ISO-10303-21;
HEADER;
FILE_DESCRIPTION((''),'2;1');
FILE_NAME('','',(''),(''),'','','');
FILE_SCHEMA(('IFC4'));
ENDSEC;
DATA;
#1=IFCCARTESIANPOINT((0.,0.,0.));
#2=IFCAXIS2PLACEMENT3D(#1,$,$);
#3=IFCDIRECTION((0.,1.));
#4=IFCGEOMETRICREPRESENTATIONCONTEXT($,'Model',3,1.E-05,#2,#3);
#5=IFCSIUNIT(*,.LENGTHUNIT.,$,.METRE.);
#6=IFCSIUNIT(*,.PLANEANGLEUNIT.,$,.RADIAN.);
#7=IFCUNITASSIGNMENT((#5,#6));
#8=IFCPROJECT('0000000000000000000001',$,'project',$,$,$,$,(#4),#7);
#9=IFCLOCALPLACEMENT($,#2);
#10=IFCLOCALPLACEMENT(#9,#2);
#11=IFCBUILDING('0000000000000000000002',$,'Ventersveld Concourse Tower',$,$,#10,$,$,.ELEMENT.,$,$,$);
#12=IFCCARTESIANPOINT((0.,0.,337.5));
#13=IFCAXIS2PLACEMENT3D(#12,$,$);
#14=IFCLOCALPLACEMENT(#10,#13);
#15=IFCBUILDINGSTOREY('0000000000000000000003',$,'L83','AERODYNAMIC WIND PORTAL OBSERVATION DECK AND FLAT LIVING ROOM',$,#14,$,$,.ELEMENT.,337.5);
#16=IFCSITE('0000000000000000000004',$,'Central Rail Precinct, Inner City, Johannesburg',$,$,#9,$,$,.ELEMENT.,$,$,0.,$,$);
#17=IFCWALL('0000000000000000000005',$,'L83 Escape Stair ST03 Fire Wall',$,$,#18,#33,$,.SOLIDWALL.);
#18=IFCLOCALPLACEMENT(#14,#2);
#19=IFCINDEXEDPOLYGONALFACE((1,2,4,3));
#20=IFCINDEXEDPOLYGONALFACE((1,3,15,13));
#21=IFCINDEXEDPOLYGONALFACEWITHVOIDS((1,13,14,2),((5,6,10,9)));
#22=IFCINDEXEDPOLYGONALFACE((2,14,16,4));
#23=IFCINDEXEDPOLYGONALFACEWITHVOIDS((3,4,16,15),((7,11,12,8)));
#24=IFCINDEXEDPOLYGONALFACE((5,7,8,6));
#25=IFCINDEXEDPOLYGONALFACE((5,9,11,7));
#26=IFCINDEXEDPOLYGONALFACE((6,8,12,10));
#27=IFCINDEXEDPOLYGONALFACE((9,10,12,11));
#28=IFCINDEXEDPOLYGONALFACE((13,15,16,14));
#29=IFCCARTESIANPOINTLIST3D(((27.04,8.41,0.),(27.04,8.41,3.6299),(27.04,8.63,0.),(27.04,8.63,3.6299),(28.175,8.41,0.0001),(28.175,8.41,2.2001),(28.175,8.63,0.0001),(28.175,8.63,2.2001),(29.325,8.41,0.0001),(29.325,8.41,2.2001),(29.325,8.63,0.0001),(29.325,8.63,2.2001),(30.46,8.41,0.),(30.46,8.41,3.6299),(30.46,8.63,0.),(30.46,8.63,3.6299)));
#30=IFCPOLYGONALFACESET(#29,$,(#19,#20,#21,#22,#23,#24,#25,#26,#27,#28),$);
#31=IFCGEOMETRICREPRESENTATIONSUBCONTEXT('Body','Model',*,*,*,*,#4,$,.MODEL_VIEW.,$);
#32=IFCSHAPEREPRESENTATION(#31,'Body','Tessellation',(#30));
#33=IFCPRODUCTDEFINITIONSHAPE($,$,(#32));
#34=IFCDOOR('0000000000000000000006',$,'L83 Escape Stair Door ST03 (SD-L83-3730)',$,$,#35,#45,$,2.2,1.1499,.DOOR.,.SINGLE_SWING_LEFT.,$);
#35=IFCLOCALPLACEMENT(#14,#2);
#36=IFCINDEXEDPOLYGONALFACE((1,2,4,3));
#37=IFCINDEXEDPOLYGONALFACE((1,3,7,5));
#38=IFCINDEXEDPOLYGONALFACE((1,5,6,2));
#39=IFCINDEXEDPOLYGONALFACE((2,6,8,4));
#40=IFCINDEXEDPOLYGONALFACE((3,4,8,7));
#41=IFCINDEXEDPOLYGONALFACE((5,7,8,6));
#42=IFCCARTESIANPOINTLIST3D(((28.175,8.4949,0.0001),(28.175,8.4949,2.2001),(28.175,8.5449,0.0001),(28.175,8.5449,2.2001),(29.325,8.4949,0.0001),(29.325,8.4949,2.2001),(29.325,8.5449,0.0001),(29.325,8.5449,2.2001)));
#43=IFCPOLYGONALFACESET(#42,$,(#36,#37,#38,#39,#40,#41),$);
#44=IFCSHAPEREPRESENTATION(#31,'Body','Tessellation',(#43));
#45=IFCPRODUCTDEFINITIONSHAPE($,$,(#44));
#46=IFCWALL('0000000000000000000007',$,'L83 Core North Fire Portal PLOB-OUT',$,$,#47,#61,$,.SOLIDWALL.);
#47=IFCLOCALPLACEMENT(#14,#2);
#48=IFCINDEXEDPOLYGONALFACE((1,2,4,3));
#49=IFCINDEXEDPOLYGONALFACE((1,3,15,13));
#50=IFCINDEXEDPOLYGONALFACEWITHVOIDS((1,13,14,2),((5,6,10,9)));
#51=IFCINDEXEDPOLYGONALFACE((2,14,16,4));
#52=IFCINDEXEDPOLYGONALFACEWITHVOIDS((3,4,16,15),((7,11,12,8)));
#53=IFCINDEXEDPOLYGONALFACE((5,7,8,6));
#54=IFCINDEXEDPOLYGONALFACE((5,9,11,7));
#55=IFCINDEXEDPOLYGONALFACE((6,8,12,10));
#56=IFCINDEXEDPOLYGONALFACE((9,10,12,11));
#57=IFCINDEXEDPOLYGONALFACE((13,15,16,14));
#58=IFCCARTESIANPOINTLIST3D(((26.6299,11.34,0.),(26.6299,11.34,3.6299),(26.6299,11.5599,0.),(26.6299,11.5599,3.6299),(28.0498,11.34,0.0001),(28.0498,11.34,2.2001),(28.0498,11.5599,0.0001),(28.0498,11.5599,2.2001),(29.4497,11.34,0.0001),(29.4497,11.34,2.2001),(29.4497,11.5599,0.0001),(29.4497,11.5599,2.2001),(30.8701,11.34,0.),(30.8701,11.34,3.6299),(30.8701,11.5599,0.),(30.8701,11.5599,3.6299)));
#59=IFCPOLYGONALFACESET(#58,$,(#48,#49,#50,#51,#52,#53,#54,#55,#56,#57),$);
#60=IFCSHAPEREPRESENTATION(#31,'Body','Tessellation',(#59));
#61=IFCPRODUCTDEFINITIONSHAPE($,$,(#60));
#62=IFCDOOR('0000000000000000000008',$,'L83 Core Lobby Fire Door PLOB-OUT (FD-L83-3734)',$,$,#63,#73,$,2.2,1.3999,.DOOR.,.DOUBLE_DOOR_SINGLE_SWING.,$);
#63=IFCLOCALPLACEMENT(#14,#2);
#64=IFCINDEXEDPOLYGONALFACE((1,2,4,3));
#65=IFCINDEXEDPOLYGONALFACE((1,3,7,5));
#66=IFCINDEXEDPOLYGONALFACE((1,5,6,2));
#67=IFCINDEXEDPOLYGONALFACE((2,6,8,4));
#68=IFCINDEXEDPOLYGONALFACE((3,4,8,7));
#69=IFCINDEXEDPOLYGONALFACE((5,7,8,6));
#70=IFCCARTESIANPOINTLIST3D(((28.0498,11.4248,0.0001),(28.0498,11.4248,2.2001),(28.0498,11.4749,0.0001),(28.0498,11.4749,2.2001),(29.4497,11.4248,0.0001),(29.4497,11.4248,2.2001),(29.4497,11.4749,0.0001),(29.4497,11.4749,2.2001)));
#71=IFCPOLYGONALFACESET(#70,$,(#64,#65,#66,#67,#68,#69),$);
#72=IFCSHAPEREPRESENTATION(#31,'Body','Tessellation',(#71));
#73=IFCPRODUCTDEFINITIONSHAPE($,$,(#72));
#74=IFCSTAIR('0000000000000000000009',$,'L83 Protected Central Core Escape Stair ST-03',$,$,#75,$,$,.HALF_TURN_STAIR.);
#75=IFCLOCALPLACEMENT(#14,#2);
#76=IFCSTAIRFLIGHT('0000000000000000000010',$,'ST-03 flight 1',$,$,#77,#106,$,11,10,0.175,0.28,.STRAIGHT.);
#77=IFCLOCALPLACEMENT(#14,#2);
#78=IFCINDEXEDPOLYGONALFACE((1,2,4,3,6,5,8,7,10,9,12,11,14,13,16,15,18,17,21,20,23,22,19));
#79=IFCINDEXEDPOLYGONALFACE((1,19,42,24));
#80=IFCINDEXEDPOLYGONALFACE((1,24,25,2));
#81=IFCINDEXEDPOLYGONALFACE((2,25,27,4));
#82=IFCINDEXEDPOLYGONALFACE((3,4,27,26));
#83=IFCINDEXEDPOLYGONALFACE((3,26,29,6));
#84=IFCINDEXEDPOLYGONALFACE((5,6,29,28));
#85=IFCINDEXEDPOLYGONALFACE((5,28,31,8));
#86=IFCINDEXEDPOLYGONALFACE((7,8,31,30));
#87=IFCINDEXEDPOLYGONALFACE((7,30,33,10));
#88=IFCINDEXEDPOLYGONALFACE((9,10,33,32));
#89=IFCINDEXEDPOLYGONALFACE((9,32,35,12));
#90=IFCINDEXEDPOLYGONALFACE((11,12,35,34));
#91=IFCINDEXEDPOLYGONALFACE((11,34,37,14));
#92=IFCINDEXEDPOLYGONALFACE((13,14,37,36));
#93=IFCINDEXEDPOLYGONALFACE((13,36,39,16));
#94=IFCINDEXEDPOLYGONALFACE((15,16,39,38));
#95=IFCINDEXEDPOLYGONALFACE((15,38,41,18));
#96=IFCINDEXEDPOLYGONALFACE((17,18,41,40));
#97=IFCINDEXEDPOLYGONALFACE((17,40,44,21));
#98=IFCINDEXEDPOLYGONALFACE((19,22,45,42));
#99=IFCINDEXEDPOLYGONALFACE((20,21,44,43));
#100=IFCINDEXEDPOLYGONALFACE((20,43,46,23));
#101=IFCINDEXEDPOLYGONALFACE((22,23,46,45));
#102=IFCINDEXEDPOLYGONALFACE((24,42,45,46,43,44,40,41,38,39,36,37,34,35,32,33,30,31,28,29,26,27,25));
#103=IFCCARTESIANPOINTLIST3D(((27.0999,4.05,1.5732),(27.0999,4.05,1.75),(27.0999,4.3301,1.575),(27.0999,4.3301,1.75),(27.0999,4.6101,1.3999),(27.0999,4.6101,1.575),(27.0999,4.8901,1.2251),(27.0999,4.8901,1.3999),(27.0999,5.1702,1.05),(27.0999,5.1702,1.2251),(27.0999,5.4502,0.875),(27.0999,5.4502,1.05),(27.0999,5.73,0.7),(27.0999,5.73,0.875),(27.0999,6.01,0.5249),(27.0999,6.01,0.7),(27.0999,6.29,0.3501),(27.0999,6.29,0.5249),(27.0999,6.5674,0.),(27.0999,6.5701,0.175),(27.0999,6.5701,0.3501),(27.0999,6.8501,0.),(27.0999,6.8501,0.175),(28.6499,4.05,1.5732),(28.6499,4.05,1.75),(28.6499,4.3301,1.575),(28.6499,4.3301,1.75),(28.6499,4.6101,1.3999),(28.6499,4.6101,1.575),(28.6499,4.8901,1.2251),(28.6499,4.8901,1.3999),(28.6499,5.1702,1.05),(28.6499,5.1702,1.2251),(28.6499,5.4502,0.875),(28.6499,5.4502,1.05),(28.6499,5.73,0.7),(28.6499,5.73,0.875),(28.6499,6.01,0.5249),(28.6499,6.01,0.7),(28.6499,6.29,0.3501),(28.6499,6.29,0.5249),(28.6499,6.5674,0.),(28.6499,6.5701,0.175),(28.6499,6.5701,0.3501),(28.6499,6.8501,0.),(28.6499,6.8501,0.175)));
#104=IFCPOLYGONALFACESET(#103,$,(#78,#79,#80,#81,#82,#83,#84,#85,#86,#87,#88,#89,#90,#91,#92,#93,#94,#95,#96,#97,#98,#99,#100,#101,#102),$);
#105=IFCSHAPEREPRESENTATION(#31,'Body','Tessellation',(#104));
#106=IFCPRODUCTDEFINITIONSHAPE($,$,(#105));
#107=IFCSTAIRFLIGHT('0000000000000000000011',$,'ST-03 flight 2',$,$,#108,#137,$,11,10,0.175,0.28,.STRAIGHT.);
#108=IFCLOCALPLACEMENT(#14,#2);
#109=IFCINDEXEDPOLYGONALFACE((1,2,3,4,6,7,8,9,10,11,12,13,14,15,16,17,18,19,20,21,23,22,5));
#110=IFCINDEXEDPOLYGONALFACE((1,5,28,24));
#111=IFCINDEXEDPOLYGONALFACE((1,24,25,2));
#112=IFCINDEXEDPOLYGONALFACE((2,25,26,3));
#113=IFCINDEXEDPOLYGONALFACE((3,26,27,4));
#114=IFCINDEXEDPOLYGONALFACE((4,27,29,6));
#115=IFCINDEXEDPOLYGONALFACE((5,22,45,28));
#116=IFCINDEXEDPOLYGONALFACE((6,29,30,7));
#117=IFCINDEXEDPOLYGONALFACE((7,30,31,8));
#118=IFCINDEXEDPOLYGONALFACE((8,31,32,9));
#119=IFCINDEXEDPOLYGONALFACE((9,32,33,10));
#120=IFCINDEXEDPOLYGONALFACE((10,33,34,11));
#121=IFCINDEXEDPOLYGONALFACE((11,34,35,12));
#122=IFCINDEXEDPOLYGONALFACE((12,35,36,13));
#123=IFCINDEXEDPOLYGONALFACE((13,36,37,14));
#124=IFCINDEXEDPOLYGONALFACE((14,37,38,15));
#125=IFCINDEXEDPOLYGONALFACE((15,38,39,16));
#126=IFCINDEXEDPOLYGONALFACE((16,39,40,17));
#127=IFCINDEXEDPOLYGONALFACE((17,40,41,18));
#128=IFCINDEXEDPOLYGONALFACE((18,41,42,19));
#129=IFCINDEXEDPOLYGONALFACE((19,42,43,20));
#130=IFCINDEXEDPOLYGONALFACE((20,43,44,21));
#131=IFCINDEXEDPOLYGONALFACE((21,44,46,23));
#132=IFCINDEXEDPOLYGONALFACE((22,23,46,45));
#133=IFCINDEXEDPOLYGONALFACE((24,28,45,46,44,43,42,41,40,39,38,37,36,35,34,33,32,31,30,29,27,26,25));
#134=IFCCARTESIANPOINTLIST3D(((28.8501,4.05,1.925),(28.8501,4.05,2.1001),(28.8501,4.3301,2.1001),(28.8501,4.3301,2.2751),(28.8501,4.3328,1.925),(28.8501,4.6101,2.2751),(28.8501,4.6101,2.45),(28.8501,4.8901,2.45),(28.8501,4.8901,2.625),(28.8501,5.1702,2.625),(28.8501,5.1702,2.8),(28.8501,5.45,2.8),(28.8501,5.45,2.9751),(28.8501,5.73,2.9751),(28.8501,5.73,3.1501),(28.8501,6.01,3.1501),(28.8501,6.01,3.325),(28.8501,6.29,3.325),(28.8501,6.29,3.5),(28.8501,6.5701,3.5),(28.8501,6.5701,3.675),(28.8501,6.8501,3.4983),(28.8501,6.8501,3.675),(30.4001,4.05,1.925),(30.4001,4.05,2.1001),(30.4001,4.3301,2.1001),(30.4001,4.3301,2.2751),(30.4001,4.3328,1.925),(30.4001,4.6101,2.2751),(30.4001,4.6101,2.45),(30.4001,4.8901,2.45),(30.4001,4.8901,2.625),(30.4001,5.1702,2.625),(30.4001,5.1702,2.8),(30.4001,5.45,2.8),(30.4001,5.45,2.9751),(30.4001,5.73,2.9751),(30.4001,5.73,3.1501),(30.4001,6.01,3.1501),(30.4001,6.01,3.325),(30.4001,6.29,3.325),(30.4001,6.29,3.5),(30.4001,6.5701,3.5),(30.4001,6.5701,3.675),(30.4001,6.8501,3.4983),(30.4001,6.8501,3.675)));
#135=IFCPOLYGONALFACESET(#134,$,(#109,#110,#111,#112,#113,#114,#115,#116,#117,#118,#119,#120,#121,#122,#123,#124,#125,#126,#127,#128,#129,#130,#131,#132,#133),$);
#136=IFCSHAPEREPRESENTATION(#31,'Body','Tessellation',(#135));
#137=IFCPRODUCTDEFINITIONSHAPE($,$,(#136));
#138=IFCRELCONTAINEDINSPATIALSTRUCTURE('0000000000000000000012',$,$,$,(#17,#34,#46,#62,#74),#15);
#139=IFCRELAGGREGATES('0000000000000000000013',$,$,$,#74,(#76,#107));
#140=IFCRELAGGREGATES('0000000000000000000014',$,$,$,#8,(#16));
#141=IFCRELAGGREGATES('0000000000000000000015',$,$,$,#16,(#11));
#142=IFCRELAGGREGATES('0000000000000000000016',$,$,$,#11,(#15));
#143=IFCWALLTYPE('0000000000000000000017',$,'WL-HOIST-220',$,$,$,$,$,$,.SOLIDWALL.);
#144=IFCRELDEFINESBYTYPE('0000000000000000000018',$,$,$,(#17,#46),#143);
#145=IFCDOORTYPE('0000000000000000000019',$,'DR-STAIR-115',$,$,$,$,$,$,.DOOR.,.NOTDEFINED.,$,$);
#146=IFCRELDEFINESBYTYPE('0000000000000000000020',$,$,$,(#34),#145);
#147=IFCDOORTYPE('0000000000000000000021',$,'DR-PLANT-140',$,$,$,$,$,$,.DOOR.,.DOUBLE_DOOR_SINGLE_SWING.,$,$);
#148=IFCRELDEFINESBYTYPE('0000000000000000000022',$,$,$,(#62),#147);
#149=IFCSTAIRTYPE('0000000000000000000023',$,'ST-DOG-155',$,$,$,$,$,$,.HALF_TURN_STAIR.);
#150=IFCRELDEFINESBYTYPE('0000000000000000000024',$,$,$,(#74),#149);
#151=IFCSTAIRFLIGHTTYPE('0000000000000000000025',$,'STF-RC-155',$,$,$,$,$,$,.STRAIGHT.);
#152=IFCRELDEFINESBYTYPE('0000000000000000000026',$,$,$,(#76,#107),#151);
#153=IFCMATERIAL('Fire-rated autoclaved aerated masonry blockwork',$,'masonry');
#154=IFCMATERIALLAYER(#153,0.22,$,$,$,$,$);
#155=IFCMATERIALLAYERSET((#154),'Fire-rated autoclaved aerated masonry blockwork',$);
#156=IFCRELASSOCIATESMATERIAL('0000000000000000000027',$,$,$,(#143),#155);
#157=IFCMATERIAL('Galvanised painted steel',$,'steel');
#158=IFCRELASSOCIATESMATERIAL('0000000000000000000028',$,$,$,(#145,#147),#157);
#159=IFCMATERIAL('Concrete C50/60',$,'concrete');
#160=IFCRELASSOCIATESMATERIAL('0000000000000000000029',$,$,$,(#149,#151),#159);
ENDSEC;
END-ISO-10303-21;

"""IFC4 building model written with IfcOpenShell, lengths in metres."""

from ifc_helpers import new_model, si_unit, direction, frame, frame_2d, origin, place, context, subcontext, project, spatial, polyline, rectangle, outline, extrude, material, layer, layer_set, type_object, element, fill, aggregate, save


model = new_model("IFC4")

# Units and contexts
model_context = context("Model", 3, precision=1e-05, world=origin(), true_north=direction((0.0, 1.0)))
body_context = subcontext(model_context, "Body", "Model", "MODEL_VIEW")
ifc_project = project(units=[si_unit("LENGTHUNIT", "METRE"), si_unit("PLANEANGLEUNIT", "RADIAN")], contexts=[model_context])

# Site, building, storey
site_placement = place(None, origin())
site = spatial("IfcSite", under=ifc_project, at=site_placement, Name="Central Rail Precinct, Inner City, Johannesburg", CompositionType="ELEMENT", RefElevation=0.0)
building_placement = place(site_placement, origin())
building = spatial("IfcBuilding", under=site, at=building_placement, Name="Ventersveld Concourse Tower", CompositionType="ELEMENT")
storey_placement = place(building_placement, frame((0.0, 0.0, 337.5)))
storey = spatial("IfcBuildingStorey", under=building, at=storey_placement, Name="L83", Description="AERODYNAMIC WIND PORTAL OBSERVATION DECK AND FLAT LIVING ROOM", CompositionType="ELEMENT", Elevation=337.5)

# Shared definitions
ifc_material_1 = material(Name="Concrete C50/60", Category="concrete")

# Shared definitions
ifc_material_2 = material(Name="Fire-rated autoclaved aerated masonry blockwork", Category="masonry")
ifc_material_3 = material(Name="Galvanised painted steel", Category="steel")

# Shared definitions
ifc_layer_1 = layer(ifc_material_2, 0.22)
ifc_layer_set_1 = layer_set([ifc_layer_1], Name="Fire-rated autoclaved aerated masonry blockwork")
wall_type_1 = type_object("IfcWallType", Name="WL-HOIST-220", PredefinedType="SOLIDWALL", material=ifc_layer_set_1)

# Walls, openings, doors
wall_1_placement = place(storey_placement, frame((27.04, 8.52, 0.0), z_axis=(0.0, 0.0, 1.0), x_axis=(1.0, 0.0, 0.0)))
wall_1 = element("IfcWall", 1, at=wall_1_placement, inside=storey, type_object=wall_type_1, Name="L83 Escape Stair ST03 Fire Wall", PredefinedType="SOLIDWALL", context=body_context, shape_type="SweptSolid", body=[
    extrude(rectangle(XDim=3.4199, YDim=0.22, at=frame_2d((1.71, 0.0))), origin(), (0.0, 0.0, 1.0), 3.6299),
])
opening_1_placement = place(wall_1_placement, frame((1.135, 0.0, 0.0)))
opening_1 = element("IfcOpeningElement", 2, at=opening_1_placement, cuts=wall_1, PredefinedType="OPENING", context=body_context, shape_type="SweptSolid", body=[
    extrude(rectangle(XDim=1.1499, YDim=2.2, at=frame_2d((0.575, 1.1001))), frame((0.0, 0.1201, 0.0), z_axis=(0.0, -1.0, 0.0), x_axis=(1.0, 0.0, 0.0)), (0.0, 0.0, 1.0), 0.24),
])
door_type_1 = type_object("IfcDoorType", Name="DR-STAIR-115", OperationType="NOTDEFINED", PredefinedType="DOOR", material=ifc_material_3)
door_1_placement = place(opening_1_placement, origin())
door_1 = element("IfcDoor", 3, at=door_1_placement, inside=storey, type_object=door_type_1, Name="L83 Escape Stair Door ST03 (SD-L83-3730)", OperationType="SINGLE_SWING_LEFT", OverallHeight=2.2, OverallWidth=1.1499, PredefinedType="DOOR", context=body_context, shape_type="SweptSolid", body=[
    extrude(rectangle(XDim=1.1499, YDim=2.2, at=frame_2d((0.575, 1.1001))), frame((0.0, 0.0249, 0.0), z_axis=(0.0, -1.0, 0.0), x_axis=(1.0, 0.0, 0.0)), (0.0, 0.0, 1.0), 0.05),
])
fill(opening_1, door_1)
wall_2_placement = place(storey_placement, frame((26.6299, 11.45, 0.0), z_axis=(0.0, 0.0, 1.0), x_axis=(1.0, 0.0, 0.0)))
wall_2 = element("IfcWall", 4, at=wall_2_placement, inside=storey, type_object=wall_type_1, Name="L83 Core North Fire Portal PLOB-OUT", PredefinedType="SOLIDWALL", context=body_context, shape_type="SweptSolid", body=[
    extrude(rectangle(XDim=4.2402, YDim=0.22, at=frame_2d((2.1201, 0.0))), origin(), (0.0, 0.0, 1.0), 3.6299),
])
opening_2_placement = place(wall_2_placement, frame((1.4199, 0.0, 0.0)))
opening_2 = element("IfcOpeningElement", 5, at=opening_2_placement, cuts=wall_2, PredefinedType="OPENING", context=body_context, shape_type="SweptSolid", body=[
    extrude(rectangle(XDim=1.3999, YDim=2.2, at=frame_2d((0.7, 1.1001))), frame((0.0, 0.1201, 0.0), z_axis=(0.0, -1.0, 0.0), x_axis=(1.0, 0.0, 0.0)), (0.0, 0.0, 1.0), 0.24),
])
door_type_2 = type_object("IfcDoorType", Name="DR-PLANT-140", OperationType="DOUBLE_DOOR_SINGLE_SWING", PredefinedType="DOOR", material=ifc_material_3)
door_2_placement = place(opening_2_placement, origin())
door_2 = element("IfcDoor", 6, at=door_2_placement, inside=storey, type_object=door_type_2, Name="L83 Core Lobby Fire Door PLOB-OUT (FD-L83-3734)", OperationType="DOUBLE_DOOR_SINGLE_SWING", OverallHeight=2.2, OverallWidth=1.3999, PredefinedType="DOOR", context=body_context, shape_type="SweptSolid", body=[
    extrude(rectangle(XDim=1.3999, YDim=2.2, at=frame_2d((0.7, 1.1001))), frame((0.0, 0.0249, 0.0), z_axis=(0.0, -1.0, 0.0), x_axis=(1.0, 0.0, 0.0)), (0.0, 0.0, 1.0), 0.05),
])
fill(opening_2, door_2)

# Stair, stair flights
stair_type = type_object("IfcStairType", Name="ST-DOG-155", PredefinedType="HALF_TURN_STAIR", material=ifc_material_1)
stair_placement = place(storey_placement, origin())
stair = element("IfcStair", 7, at=stair_placement, inside=storey, type_object=stair_type, Name="L83 Protected Central Core Escape Stair ST-03", PredefinedType="HALF_TURN_STAIR")
stair_flight_type = type_object("IfcStairFlightType", Name="STF-RC-155", PredefinedType="STRAIGHT", material=ifc_material_1)
stair_flight_1_placement = place(storey_placement, frame((27.875, 6.8501, 0.0), z_axis=(0.0, 0.0, 1.0), x_axis=(0.0, -1.0, 0.0)))
stair_flight_1 = element("IfcStairFlight", 8, at=stair_flight_1_placement, type_object=stair_flight_type, Name="ST-03 flight 1", NumberOfRisers=11, NumberOfTreads=10, PredefinedType="STRAIGHT", RiserHeight=0.175, TreadLength=0.28, context=body_context, shape_type="SweptSolid", body=[
    extrude(outline(polyline([(0.0, 0.0), (0.0, 0.175), (0.28, 0.175), (0.28, 0.3501), (0.5601, 0.3501), (0.5601, 0.5249), (0.8401, 0.5249), (0.8401, 0.7), (1.1201, 0.7), (1.1201, 0.875), (1.3999, 0.875), (1.3999, 1.05), (1.6799, 1.05), (1.6799, 1.2251), (1.96, 1.2251), (1.96, 1.3999), (2.24, 1.3999), (2.24, 1.575), (2.52, 1.575), (2.52, 1.75), (2.8, 1.75), (2.8, 1.925), (2.8, 1.5732), (0.2827, 0.0), (0.0, 0.0)])), frame((0.0, 0.7749, 0.0), z_axis=(0.0, -1.0, 0.0), x_axis=(1.0, 0.0, 0.0)), (0.0, 0.0, 1.0), 1.55),
])
stair_flight_2_placement = place(storey_placement, frame((29.625, 4.05, 1.925), z_axis=(0.0, 0.0, 1.0), x_axis=(0.0, 1.0, 0.0)))
stair_flight_2 = element("IfcStairFlight", 9, at=stair_flight_2_placement, type_object=stair_flight_type, Name="ST-03 flight 2", NumberOfRisers=11, NumberOfTreads=10, PredefinedType="STRAIGHT", RiserHeight=0.175, TreadLength=0.28, context=body_context, shape_type="SweptSolid", body=[
    extrude(outline(polyline([(0.0, 0.0), (0.0, 0.175), (0.28, 0.175), (0.28, 0.3501), (0.5601, 0.3501), (0.5601, 0.5249), (0.8401, 0.5249), (0.8401, 0.7), (1.1201, 0.7), (1.1201, 0.875), (1.3999, 0.875), (1.3999, 1.05), (1.6799, 1.05), (1.6799, 1.2251), (1.96, 1.2251), (1.96, 1.3999), (2.24, 1.3999), (2.24, 1.575), (2.52, 1.575), (2.52, 1.75), (2.8, 1.75), (2.8, 1.925), (2.8, 1.5732), (0.2827, 0.0), (0.0, 0.0)])), frame((0.0, 0.7749, 0.0), z_axis=(0.0, -1.0, 0.0), x_axis=(1.0, 0.0, 0.0)), (0.0, 0.0, 1.0), 1.55),
])
aggregate(stair, [stair_flight_1, stair_flight_2])

save(model, "model.ifc")
